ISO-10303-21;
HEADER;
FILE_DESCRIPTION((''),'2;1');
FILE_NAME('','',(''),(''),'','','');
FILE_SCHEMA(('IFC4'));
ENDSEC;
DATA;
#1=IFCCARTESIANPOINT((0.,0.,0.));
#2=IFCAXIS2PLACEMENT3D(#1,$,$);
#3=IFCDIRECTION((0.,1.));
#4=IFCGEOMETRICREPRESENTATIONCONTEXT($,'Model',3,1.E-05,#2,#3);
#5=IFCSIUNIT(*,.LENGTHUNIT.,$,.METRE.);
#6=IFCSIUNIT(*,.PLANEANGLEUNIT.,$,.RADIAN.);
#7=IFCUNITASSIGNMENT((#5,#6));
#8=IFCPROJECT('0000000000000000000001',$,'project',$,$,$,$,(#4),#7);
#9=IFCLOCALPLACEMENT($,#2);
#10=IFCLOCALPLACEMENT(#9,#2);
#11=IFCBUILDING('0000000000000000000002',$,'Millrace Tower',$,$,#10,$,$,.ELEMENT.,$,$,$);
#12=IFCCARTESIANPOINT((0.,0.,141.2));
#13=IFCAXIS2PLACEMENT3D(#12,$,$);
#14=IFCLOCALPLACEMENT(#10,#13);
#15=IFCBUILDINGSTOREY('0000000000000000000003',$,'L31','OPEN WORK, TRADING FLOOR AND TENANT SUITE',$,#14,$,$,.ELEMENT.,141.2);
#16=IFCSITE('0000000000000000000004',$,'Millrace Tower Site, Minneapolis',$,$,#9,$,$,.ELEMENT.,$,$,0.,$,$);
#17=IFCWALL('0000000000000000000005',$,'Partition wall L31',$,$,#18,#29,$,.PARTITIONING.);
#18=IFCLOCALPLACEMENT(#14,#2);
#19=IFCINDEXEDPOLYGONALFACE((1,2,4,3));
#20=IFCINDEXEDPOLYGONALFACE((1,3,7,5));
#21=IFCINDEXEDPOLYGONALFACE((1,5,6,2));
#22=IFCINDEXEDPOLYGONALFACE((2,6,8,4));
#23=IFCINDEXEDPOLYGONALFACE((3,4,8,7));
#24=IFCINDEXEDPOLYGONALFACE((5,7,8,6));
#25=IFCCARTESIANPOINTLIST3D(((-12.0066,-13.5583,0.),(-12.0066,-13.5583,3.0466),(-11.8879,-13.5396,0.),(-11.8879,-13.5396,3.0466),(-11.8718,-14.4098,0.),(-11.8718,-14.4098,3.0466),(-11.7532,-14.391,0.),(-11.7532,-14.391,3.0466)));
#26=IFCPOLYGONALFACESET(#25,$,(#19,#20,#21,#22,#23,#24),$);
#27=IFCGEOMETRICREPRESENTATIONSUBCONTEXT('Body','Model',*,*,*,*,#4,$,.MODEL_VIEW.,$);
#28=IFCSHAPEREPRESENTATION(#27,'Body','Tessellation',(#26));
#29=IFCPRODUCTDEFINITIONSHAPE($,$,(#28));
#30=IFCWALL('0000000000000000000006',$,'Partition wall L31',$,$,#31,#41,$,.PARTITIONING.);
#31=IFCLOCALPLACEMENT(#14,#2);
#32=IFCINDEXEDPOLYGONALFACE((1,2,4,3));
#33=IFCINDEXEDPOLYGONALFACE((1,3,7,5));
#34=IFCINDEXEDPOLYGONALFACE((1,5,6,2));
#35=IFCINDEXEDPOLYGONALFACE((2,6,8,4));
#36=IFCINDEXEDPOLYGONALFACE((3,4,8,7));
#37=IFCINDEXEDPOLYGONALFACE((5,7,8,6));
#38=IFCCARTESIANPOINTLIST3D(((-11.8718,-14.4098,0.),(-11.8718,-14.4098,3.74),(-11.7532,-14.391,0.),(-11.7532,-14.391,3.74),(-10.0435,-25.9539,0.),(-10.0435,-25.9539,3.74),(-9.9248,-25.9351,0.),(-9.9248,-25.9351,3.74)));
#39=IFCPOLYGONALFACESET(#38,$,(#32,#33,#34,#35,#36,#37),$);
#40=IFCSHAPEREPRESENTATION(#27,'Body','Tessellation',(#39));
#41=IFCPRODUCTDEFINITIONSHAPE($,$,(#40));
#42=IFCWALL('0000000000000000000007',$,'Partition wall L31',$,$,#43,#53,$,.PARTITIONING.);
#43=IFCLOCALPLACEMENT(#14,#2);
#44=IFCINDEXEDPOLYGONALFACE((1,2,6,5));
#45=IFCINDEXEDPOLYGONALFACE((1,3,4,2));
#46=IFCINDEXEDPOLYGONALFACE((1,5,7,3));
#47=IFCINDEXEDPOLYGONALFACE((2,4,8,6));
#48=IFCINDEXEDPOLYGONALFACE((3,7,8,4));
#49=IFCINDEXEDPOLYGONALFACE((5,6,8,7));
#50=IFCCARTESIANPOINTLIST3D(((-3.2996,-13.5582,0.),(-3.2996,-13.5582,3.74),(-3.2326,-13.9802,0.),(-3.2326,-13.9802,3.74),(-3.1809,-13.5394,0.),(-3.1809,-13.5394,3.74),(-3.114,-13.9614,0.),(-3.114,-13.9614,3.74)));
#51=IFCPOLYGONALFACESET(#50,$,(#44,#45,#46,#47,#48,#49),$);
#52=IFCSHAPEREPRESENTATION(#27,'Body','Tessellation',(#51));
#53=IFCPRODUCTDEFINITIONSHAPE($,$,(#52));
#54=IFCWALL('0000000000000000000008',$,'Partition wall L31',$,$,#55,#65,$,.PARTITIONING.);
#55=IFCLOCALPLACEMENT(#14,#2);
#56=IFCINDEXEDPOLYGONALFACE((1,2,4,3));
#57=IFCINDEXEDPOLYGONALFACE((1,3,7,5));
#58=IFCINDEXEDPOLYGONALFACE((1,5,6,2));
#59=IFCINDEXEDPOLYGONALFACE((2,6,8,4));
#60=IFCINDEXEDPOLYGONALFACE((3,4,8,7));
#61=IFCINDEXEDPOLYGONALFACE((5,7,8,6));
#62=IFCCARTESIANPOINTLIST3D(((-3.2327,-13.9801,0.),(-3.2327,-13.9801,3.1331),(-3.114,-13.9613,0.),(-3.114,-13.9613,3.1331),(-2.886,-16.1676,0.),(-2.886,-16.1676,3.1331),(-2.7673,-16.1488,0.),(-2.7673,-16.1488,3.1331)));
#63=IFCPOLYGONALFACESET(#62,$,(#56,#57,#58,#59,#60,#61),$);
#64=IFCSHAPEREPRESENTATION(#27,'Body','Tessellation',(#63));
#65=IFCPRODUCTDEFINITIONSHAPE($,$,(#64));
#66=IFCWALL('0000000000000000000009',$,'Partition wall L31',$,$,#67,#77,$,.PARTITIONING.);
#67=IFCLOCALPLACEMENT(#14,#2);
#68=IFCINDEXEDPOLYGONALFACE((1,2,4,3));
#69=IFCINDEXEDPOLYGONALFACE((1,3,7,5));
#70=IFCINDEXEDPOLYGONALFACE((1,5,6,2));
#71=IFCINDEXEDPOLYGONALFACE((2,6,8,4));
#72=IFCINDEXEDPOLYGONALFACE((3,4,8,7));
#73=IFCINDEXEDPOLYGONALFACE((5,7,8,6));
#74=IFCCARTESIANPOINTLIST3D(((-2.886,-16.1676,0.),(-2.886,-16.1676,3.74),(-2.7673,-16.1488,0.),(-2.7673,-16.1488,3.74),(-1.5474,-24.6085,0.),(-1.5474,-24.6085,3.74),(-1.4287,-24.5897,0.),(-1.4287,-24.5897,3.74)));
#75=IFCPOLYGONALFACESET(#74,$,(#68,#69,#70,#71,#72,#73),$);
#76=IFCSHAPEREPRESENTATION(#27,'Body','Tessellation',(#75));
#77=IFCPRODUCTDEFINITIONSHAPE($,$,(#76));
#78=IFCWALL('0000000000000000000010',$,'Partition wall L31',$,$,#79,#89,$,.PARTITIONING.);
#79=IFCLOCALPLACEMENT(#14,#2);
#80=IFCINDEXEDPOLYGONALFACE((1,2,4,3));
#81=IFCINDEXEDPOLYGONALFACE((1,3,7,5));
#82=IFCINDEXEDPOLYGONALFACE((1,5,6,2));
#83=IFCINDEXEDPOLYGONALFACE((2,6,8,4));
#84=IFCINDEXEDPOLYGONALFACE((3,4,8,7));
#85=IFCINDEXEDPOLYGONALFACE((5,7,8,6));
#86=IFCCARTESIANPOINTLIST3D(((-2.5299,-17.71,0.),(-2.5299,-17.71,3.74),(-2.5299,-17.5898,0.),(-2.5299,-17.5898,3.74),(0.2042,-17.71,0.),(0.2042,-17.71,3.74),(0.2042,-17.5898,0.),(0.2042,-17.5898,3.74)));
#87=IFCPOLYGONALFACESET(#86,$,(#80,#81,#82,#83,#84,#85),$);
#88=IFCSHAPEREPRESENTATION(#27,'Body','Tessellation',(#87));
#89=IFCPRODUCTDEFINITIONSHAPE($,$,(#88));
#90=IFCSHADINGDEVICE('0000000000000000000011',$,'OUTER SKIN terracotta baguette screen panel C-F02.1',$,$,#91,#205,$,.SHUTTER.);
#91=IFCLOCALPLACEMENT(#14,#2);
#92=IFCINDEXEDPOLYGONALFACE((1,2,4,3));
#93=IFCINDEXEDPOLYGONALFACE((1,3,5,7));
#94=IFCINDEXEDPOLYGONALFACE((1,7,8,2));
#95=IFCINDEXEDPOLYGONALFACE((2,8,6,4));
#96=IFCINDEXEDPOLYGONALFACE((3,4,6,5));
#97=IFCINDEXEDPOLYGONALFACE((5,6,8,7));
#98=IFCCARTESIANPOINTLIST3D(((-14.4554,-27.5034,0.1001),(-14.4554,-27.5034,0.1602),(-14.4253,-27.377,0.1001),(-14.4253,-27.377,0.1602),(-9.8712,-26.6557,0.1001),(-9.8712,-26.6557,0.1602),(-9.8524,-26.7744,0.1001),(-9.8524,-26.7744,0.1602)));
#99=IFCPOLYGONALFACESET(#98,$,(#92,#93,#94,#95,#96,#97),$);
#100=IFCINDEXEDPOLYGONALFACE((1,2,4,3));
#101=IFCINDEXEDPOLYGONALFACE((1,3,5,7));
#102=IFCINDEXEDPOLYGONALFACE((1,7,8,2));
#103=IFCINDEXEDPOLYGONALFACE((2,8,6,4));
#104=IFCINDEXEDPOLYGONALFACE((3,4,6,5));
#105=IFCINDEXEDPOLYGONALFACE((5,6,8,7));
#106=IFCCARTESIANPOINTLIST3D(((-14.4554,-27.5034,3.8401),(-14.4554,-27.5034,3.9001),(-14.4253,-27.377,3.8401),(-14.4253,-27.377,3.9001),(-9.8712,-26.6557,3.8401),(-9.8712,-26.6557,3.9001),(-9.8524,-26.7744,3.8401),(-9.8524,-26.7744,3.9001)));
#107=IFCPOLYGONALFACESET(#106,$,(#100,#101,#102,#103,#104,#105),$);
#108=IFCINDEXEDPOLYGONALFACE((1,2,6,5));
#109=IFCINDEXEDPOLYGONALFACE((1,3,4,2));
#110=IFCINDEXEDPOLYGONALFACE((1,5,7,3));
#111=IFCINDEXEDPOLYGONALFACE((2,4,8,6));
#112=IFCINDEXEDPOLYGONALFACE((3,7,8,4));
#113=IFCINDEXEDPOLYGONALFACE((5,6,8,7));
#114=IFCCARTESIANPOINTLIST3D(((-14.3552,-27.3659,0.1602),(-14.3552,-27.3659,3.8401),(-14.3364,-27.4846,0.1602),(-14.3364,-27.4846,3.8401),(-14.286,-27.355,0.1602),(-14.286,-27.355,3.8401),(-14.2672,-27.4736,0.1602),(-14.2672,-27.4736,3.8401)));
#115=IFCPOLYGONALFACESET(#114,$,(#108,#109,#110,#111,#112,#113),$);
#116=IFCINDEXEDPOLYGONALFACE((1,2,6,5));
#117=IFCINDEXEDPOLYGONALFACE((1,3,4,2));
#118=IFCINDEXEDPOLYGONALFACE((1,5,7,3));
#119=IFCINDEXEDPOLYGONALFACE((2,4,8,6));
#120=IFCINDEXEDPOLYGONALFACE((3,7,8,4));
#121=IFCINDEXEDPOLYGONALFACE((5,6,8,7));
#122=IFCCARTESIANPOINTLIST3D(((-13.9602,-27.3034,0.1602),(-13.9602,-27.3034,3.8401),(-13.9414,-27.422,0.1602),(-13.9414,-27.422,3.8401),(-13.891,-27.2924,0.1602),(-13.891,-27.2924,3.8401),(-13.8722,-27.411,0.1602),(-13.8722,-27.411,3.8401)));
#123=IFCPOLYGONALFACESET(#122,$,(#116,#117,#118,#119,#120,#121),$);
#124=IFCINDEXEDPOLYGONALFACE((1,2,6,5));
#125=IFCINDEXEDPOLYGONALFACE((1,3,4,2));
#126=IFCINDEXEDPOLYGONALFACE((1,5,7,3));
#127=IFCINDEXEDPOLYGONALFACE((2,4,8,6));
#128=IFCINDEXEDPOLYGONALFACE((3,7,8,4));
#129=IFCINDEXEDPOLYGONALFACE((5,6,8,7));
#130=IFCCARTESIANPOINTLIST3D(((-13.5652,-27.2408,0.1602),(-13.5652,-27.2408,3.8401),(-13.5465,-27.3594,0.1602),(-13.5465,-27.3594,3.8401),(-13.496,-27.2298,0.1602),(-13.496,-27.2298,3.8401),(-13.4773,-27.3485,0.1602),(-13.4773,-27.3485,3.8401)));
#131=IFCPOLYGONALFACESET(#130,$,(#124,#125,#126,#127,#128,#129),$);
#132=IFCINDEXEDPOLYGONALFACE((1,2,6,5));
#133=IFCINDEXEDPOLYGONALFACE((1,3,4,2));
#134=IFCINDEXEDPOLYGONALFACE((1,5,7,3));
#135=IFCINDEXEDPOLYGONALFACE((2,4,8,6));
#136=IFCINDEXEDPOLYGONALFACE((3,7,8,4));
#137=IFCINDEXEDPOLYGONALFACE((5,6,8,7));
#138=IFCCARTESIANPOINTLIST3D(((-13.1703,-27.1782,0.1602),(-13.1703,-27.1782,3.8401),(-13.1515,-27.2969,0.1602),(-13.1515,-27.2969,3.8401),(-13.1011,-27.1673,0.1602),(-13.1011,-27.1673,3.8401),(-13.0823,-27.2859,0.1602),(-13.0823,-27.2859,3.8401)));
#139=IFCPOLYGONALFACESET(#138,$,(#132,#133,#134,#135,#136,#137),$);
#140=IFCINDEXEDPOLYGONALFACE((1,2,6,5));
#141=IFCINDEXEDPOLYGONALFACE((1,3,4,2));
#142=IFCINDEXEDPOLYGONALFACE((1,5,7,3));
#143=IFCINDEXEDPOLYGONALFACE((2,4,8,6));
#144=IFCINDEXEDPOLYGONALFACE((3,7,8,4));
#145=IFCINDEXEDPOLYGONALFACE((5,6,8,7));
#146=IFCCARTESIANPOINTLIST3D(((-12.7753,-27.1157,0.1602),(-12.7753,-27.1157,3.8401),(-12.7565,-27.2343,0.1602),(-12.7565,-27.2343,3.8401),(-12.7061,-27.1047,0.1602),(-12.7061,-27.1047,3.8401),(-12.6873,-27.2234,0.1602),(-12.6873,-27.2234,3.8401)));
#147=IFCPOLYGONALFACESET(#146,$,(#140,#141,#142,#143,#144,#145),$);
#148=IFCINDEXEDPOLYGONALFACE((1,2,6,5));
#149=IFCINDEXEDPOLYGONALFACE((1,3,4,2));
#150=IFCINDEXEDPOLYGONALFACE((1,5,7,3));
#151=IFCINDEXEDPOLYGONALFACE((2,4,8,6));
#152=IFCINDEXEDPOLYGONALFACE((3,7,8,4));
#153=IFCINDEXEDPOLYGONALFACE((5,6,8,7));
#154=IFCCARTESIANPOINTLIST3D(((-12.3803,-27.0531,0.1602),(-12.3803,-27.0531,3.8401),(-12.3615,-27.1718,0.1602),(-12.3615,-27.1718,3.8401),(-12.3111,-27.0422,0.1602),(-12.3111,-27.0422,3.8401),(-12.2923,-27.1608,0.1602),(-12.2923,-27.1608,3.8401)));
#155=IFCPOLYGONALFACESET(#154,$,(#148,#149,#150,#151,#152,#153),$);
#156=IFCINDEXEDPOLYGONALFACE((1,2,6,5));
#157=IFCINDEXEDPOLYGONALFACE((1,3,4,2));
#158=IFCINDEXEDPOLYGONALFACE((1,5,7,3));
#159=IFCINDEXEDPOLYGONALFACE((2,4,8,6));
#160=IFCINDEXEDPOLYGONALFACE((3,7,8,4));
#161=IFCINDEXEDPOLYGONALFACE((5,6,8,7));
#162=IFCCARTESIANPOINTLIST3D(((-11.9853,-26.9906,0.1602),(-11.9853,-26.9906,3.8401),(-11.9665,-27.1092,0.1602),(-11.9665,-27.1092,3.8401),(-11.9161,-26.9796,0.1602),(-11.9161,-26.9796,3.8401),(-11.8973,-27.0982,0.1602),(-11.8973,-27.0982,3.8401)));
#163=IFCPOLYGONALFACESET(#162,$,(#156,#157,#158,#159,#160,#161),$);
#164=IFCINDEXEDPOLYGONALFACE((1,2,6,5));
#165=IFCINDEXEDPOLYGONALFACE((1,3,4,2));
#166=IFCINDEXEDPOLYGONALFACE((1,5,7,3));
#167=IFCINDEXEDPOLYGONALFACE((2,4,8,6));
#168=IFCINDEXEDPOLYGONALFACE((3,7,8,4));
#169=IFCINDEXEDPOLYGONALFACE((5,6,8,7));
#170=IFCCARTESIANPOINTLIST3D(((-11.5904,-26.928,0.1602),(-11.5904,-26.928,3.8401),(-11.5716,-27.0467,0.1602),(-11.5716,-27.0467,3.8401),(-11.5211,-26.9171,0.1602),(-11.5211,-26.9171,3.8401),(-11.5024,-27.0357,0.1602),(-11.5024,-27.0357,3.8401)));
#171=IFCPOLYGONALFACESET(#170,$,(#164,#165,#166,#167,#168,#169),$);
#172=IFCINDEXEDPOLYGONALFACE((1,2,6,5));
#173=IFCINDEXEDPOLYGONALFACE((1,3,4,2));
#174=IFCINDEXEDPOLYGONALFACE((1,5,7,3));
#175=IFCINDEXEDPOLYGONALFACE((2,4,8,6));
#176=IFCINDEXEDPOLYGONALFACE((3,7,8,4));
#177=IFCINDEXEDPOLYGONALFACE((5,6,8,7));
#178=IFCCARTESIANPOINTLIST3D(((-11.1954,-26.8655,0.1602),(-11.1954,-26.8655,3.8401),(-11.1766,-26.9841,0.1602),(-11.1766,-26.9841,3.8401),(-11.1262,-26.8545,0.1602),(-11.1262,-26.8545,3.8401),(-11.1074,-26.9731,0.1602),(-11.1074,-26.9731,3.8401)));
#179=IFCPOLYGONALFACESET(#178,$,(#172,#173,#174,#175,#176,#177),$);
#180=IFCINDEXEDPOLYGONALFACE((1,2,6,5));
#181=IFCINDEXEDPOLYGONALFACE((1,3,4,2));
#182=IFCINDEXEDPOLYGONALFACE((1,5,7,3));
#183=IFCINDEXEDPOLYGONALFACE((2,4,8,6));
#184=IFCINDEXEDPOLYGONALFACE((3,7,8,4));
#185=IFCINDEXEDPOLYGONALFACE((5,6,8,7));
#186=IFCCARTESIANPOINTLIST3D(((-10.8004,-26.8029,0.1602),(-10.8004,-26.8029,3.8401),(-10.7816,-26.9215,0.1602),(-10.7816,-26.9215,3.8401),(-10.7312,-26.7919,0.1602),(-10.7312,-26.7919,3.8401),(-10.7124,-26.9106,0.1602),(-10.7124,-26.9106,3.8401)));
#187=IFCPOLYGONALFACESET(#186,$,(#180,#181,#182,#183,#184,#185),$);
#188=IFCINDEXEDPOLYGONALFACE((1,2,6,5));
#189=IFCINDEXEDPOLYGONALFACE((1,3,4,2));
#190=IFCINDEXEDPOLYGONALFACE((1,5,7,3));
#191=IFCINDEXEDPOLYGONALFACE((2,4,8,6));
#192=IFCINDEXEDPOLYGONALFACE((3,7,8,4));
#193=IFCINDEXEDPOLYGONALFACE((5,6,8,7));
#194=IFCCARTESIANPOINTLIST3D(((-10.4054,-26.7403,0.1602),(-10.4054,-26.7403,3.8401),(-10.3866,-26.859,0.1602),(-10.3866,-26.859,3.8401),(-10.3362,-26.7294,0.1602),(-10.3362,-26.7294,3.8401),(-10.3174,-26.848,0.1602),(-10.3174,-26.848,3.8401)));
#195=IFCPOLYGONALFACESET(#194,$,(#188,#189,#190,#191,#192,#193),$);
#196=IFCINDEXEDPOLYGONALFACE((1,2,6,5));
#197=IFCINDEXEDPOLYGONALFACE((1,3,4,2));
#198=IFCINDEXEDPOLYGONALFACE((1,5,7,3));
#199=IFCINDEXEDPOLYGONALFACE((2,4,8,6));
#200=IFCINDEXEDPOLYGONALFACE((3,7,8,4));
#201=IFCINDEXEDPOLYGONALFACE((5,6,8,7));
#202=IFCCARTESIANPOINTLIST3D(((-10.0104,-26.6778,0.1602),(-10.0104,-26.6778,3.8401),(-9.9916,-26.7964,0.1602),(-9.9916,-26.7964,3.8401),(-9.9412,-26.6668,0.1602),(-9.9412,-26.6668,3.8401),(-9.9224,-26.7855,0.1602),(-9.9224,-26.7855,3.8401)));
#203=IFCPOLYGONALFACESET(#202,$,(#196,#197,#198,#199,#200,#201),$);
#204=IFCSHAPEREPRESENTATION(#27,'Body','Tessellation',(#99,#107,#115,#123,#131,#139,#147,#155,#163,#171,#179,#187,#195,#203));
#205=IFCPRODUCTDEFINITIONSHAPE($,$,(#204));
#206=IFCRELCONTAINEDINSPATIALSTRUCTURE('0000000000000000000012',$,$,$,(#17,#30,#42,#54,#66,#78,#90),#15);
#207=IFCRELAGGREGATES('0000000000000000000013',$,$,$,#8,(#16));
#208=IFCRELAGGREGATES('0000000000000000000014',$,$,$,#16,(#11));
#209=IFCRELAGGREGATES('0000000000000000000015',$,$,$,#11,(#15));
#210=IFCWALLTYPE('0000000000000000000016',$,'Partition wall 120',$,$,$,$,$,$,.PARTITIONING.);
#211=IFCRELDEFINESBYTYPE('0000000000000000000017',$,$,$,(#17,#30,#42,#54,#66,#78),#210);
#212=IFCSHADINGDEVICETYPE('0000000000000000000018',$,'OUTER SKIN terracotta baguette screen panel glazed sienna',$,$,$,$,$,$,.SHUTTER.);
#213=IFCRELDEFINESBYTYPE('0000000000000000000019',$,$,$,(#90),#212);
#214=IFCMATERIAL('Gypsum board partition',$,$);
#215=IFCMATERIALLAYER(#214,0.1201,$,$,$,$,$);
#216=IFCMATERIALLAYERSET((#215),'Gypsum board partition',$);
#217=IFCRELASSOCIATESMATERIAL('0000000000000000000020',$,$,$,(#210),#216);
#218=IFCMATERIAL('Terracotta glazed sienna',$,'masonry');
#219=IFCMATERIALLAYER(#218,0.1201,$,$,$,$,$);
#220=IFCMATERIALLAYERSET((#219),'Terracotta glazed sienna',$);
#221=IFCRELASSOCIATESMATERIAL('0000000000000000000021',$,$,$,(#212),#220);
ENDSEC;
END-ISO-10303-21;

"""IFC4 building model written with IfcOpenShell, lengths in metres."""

from ifc_helpers import new_model, entity, si_unit, direction, frame, frame_2d, origin, place, context, subcontext, project, spatial, rectangle, extrude, source, transform, mapped, material, layer, layer_set, type_object, element, save


model = new_model("IFC4")

# Units and contexts
model_context = context("Model", 3, precision=1e-05, world=origin(), true_north=direction((0.0, 1.0)))
body_context = subcontext(model_context, "Body", "Model", "MODEL_VIEW")
ifc_project = project(units=[si_unit("LENGTHUNIT", "METRE"), si_unit("PLANEANGLEUNIT", "RADIAN")], contexts=[model_context])

# Site, building, storey
site_placement = place(None, origin())
site = spatial("IfcSite", under=ifc_project, at=site_placement, Name="Millrace Tower Site, Minneapolis", CompositionType="ELEMENT", RefElevation=0.0)
building_placement = place(site_placement, origin())
building = spatial("IfcBuilding", under=site, at=building_placement, Name="Millrace Tower", CompositionType="ELEMENT")
storey_placement = place(building_placement, frame((0.0, 0.0, 141.2)))
storey = spatial("IfcBuildingStorey", under=building, at=storey_placement, Name="L31", Description="OPEN WORK, TRADING FLOOR AND TENANT SUITE", CompositionType="ELEMENT", Elevation=141.2)

# Walls
ifc_material_1 = material(Name="Gypsum board partition")
ifc_layer_1 = layer(ifc_material_1, 0.1201)
ifc_layer_set_1 = layer_set([ifc_layer_1], Name="Gypsum board partition")
wall_type = type_object("IfcWallType", Name="Partition wall 120", PredefinedType="PARTITIONING", material=ifc_layer_set_1)
wall_1_placement = place(storey_placement, frame((-11.9473, -13.5488, 0.0), z_axis=(0.0, 0.0, 1.0), x_axis=(0.156312, -0.987708, 0.0)))
element("IfcWall", 1, at=wall_1_placement, inside=storey, type_object=wall_type, Name="Partition wall L31", PredefinedType="PARTITIONING", context=body_context, shape_type="SweptSolid", body=[
    extrude(rectangle(XDim=0.8621, YDim=0.1201, at=frame_2d((0.4312, 0.0))), origin(), (0.0, 0.0, 1.0), 3.0466),
])
wall_2_placement = place(storey_placement, frame((-11.8125, -14.4004, 0.0), z_axis=(0.0, 0.0, 1.0), x_axis=(0.15643, -0.987689, 0.0)))
element("IfcWall", 2, at=wall_2_placement, inside=storey, type_object=wall_type, Name="Partition wall L31", PredefinedType="PARTITIONING", context=body_context, shape_type="SweptSolid", body=[
    extrude(rectangle(XDim=11.688, YDim=0.1201, at=frame_2d((5.844, 0.0))), origin(), (0.0, 0.0, 1.0), 3.74),
])
wall_3_placement = place(storey_placement, frame((-3.2402, -13.5488, 0.0), z_axis=(0.0, 0.0, 1.0), x_axis=(0.156608, -0.987661, 0.0)))
element("IfcWall", 3, at=wall_3_placement, inside=storey, type_object=wall_type, Name="Partition wall L31", PredefinedType="PARTITIONING", context=body_context, shape_type="SweptSolid", body=[
    extrude(rectangle(XDim=0.4272, YDim=0.1201, at=frame_2d((0.2136, 0.0))), origin(), (0.0, 0.0, 1.0), 3.74),
])
wall_4_placement = place(storey_placement, frame((-3.1733, -13.9707, 0.0), z_axis=(0.0, 0.0, 1.0), x_axis=(0.156529, -0.987673, 0.0)))
element("IfcWall", 4, at=wall_4_placement, inside=storey, type_object=wall_type, Name="Partition wall L31", PredefinedType="PARTITIONING", context=body_context, shape_type="SweptSolid", body=[
    extrude(rectangle(XDim=2.2148, YDim=0.1201, at=frame_2d((1.1074, 0.0))), origin(), (0.0, 0.0, 1.0), 3.1331),
])
wall_5_placement = place(storey_placement, frame((-2.8267, -16.1582, 0.0), z_axis=(0.0, 0.0, 1.0), x_axis=(0.15663, -0.987657, 0.0)))
element("IfcWall", 5, at=wall_5_placement, inside=storey, type_object=wall_type, Name="Partition wall L31", PredefinedType="PARTITIONING", context=body_context, shape_type="SweptSolid", body=[
    extrude(rectangle(XDim=8.5464, YDim=0.1201, at=frame_2d((4.2732, 0.0))), origin(), (0.0, 0.0, 1.0), 3.74),
])
wall_6_placement = place(storey_placement, frame((-2.53, -17.6499, 0.0), z_axis=(0.0, 0.0, 1.0), x_axis=(1.0, 0.0, 0.0)))
element("IfcWall", 6, at=wall_6_placement, inside=storey, type_object=wall_type, Name="Partition wall L31", PredefinedType="PARTITIONING", context=body_context, shape_type="SweptSolid", body=[
    extrude(rectangle(XDim=2.7341, YDim=0.1201, at=frame_2d((1.3672, 0.0))), origin(), (0.0, 0.0, 1.0), 3.74),
])

# Shading device
ifc_material_2 = material(Name="Terracotta glazed sienna", Category="masonry")
ifc_layer_2 = layer(ifc_material_2, 0.1201)
ifc_layer_set_2 = layer_set([ifc_layer_2], Name="Terracotta glazed sienna")
shading_device_type = type_object("IfcShadingDeviceType", Name="OUTER SKIN terracotta baguette screen panel glazed sienna", PredefinedType="SHUTTER", material=ifc_layer_set_2)
cartesian_point_1 = entity("IfcCartesianPoint", [-2.293, 0.0601])
shared_polyline_1 = entity("IfcPolyline", [cartesian_point_1, entity("IfcCartesianPoint", [2.3179, 0.0601]), entity("IfcCartesianPoint", [2.3179, -0.0601]), entity("IfcCartesianPoint", [-2.3425, -0.0601]), cartesian_point_1])
shared_shape_1 = source(origin(), body_context, "Body", "SweptSolid", [
    entity("IfcExtrudedAreaSolid", entity("IfcArbitraryClosedProfileDef", "AREA", None, shared_polyline_1), entity("IfcAxis2Placement3D", entity("IfcCartesianPoint", [0.0, 0.0, 0.0])), entity("IfcDirection", [0.0, 0.0, 1.0]), 0.0601),
    entity("IfcExtrudedAreaSolid", entity("IfcArbitraryClosedProfileDef", "AREA", None, shared_polyline_1), entity("IfcAxis2Placement3D", entity("IfcCartesianPoint", [0.0, 0.0, 3.74])), entity("IfcDirection", [0.0, 0.0, 1.0]), 0.0601),
    extrude(rectangle(XDim=0.0701, YDim=0.1201, at=frame_2d((-2.187, 0.0))), frame((0.0, 0.0, 0.0601)), (0.0, 0.0, 1.0), 3.6799),
    extrude(rectangle(XDim=0.0701, YDim=0.1201, at=frame_2d((-1.7871, 0.0))), frame((0.0, 0.0, 0.0601)), (0.0, 0.0, 1.0), 3.6799),
    extrude(rectangle(XDim=0.0701, YDim=0.1201, at=frame_2d((-1.3872, 0.0))), frame((0.0, 0.0, 0.0601)), (0.0, 0.0, 1.0), 3.6799),
    extrude(rectangle(XDim=0.0701, YDim=0.1201, at=frame_2d((-0.9873, 0.0))), frame((0.0, 0.0, 0.0601)), (0.0, 0.0, 1.0), 3.6799),
    extrude(rectangle(XDim=0.0701, YDim=0.1201, at=frame_2d((-0.5874, 0.0))), frame((0.0, 0.0, 0.0601)), (0.0, 0.0, 1.0), 3.6799),
    extrude(rectangle(XDim=0.0701, YDim=0.1201, at=frame_2d((-0.1875, 0.0))), frame((0.0, 0.0, 0.0601)), (0.0, 0.0, 1.0), 3.6799),
    extrude(rectangle(XDim=0.0701, YDim=0.1201, at=frame_2d((0.2124, 0.0))), frame((0.0, 0.0, 0.0601)), (0.0, 0.0, 1.0), 3.6799),
    extrude(rectangle(XDim=0.0701, YDim=0.1201, at=frame_2d((0.6123, 0.0))), frame((0.0, 0.0, 0.0601)), (0.0, 0.0, 1.0), 3.6799),
    extrude(rectangle(XDim=0.0701, YDim=0.1201, at=frame_2d((1.0122, 0.0))), frame((0.0, 0.0, 0.0601)), (0.0, 0.0, 1.0), 3.6799),
    extrude(rectangle(XDim=0.0701, YDim=0.1201, at=frame_2d((1.4121, 0.0))), frame((0.0, 0.0, 0.0601)), (0.0, 0.0, 1.0), 3.6799),
    extrude(rectangle(XDim=0.0701, YDim=0.1201, at=frame_2d((1.812, 0.0))), frame((0.0, 0.0, 0.0601)), (0.0, 0.0, 1.0), 3.6799),
    extrude(rectangle(XDim=0.0701, YDim=0.1201, at=frame_2d((2.2119, 0.0))), frame((0.0, 0.0, 0.0601)), (0.0, 0.0, 1.0), 3.6799),
])
shading_device_placement = place(storey_placement, frame((-12.1511, -27.0776, 0.1001), z_axis=(0.0, 0.0, 1.0), x_axis=(0.987688, 0.156434, 0.0)))
element("IfcShadingDevice", 7, at=shading_device_placement, inside=storey, type_object=shading_device_type, Name="OUTER SKIN terracotta baguette screen panel C-F02.1", PredefinedType="SHUTTER", context=body_context, shape_type="MappedRepresentation", body=[
    mapped(shared_shape_1, transform((0.0, 0.0, 0.0), scale=1.0)),
])

save(model, "model.ifc")
